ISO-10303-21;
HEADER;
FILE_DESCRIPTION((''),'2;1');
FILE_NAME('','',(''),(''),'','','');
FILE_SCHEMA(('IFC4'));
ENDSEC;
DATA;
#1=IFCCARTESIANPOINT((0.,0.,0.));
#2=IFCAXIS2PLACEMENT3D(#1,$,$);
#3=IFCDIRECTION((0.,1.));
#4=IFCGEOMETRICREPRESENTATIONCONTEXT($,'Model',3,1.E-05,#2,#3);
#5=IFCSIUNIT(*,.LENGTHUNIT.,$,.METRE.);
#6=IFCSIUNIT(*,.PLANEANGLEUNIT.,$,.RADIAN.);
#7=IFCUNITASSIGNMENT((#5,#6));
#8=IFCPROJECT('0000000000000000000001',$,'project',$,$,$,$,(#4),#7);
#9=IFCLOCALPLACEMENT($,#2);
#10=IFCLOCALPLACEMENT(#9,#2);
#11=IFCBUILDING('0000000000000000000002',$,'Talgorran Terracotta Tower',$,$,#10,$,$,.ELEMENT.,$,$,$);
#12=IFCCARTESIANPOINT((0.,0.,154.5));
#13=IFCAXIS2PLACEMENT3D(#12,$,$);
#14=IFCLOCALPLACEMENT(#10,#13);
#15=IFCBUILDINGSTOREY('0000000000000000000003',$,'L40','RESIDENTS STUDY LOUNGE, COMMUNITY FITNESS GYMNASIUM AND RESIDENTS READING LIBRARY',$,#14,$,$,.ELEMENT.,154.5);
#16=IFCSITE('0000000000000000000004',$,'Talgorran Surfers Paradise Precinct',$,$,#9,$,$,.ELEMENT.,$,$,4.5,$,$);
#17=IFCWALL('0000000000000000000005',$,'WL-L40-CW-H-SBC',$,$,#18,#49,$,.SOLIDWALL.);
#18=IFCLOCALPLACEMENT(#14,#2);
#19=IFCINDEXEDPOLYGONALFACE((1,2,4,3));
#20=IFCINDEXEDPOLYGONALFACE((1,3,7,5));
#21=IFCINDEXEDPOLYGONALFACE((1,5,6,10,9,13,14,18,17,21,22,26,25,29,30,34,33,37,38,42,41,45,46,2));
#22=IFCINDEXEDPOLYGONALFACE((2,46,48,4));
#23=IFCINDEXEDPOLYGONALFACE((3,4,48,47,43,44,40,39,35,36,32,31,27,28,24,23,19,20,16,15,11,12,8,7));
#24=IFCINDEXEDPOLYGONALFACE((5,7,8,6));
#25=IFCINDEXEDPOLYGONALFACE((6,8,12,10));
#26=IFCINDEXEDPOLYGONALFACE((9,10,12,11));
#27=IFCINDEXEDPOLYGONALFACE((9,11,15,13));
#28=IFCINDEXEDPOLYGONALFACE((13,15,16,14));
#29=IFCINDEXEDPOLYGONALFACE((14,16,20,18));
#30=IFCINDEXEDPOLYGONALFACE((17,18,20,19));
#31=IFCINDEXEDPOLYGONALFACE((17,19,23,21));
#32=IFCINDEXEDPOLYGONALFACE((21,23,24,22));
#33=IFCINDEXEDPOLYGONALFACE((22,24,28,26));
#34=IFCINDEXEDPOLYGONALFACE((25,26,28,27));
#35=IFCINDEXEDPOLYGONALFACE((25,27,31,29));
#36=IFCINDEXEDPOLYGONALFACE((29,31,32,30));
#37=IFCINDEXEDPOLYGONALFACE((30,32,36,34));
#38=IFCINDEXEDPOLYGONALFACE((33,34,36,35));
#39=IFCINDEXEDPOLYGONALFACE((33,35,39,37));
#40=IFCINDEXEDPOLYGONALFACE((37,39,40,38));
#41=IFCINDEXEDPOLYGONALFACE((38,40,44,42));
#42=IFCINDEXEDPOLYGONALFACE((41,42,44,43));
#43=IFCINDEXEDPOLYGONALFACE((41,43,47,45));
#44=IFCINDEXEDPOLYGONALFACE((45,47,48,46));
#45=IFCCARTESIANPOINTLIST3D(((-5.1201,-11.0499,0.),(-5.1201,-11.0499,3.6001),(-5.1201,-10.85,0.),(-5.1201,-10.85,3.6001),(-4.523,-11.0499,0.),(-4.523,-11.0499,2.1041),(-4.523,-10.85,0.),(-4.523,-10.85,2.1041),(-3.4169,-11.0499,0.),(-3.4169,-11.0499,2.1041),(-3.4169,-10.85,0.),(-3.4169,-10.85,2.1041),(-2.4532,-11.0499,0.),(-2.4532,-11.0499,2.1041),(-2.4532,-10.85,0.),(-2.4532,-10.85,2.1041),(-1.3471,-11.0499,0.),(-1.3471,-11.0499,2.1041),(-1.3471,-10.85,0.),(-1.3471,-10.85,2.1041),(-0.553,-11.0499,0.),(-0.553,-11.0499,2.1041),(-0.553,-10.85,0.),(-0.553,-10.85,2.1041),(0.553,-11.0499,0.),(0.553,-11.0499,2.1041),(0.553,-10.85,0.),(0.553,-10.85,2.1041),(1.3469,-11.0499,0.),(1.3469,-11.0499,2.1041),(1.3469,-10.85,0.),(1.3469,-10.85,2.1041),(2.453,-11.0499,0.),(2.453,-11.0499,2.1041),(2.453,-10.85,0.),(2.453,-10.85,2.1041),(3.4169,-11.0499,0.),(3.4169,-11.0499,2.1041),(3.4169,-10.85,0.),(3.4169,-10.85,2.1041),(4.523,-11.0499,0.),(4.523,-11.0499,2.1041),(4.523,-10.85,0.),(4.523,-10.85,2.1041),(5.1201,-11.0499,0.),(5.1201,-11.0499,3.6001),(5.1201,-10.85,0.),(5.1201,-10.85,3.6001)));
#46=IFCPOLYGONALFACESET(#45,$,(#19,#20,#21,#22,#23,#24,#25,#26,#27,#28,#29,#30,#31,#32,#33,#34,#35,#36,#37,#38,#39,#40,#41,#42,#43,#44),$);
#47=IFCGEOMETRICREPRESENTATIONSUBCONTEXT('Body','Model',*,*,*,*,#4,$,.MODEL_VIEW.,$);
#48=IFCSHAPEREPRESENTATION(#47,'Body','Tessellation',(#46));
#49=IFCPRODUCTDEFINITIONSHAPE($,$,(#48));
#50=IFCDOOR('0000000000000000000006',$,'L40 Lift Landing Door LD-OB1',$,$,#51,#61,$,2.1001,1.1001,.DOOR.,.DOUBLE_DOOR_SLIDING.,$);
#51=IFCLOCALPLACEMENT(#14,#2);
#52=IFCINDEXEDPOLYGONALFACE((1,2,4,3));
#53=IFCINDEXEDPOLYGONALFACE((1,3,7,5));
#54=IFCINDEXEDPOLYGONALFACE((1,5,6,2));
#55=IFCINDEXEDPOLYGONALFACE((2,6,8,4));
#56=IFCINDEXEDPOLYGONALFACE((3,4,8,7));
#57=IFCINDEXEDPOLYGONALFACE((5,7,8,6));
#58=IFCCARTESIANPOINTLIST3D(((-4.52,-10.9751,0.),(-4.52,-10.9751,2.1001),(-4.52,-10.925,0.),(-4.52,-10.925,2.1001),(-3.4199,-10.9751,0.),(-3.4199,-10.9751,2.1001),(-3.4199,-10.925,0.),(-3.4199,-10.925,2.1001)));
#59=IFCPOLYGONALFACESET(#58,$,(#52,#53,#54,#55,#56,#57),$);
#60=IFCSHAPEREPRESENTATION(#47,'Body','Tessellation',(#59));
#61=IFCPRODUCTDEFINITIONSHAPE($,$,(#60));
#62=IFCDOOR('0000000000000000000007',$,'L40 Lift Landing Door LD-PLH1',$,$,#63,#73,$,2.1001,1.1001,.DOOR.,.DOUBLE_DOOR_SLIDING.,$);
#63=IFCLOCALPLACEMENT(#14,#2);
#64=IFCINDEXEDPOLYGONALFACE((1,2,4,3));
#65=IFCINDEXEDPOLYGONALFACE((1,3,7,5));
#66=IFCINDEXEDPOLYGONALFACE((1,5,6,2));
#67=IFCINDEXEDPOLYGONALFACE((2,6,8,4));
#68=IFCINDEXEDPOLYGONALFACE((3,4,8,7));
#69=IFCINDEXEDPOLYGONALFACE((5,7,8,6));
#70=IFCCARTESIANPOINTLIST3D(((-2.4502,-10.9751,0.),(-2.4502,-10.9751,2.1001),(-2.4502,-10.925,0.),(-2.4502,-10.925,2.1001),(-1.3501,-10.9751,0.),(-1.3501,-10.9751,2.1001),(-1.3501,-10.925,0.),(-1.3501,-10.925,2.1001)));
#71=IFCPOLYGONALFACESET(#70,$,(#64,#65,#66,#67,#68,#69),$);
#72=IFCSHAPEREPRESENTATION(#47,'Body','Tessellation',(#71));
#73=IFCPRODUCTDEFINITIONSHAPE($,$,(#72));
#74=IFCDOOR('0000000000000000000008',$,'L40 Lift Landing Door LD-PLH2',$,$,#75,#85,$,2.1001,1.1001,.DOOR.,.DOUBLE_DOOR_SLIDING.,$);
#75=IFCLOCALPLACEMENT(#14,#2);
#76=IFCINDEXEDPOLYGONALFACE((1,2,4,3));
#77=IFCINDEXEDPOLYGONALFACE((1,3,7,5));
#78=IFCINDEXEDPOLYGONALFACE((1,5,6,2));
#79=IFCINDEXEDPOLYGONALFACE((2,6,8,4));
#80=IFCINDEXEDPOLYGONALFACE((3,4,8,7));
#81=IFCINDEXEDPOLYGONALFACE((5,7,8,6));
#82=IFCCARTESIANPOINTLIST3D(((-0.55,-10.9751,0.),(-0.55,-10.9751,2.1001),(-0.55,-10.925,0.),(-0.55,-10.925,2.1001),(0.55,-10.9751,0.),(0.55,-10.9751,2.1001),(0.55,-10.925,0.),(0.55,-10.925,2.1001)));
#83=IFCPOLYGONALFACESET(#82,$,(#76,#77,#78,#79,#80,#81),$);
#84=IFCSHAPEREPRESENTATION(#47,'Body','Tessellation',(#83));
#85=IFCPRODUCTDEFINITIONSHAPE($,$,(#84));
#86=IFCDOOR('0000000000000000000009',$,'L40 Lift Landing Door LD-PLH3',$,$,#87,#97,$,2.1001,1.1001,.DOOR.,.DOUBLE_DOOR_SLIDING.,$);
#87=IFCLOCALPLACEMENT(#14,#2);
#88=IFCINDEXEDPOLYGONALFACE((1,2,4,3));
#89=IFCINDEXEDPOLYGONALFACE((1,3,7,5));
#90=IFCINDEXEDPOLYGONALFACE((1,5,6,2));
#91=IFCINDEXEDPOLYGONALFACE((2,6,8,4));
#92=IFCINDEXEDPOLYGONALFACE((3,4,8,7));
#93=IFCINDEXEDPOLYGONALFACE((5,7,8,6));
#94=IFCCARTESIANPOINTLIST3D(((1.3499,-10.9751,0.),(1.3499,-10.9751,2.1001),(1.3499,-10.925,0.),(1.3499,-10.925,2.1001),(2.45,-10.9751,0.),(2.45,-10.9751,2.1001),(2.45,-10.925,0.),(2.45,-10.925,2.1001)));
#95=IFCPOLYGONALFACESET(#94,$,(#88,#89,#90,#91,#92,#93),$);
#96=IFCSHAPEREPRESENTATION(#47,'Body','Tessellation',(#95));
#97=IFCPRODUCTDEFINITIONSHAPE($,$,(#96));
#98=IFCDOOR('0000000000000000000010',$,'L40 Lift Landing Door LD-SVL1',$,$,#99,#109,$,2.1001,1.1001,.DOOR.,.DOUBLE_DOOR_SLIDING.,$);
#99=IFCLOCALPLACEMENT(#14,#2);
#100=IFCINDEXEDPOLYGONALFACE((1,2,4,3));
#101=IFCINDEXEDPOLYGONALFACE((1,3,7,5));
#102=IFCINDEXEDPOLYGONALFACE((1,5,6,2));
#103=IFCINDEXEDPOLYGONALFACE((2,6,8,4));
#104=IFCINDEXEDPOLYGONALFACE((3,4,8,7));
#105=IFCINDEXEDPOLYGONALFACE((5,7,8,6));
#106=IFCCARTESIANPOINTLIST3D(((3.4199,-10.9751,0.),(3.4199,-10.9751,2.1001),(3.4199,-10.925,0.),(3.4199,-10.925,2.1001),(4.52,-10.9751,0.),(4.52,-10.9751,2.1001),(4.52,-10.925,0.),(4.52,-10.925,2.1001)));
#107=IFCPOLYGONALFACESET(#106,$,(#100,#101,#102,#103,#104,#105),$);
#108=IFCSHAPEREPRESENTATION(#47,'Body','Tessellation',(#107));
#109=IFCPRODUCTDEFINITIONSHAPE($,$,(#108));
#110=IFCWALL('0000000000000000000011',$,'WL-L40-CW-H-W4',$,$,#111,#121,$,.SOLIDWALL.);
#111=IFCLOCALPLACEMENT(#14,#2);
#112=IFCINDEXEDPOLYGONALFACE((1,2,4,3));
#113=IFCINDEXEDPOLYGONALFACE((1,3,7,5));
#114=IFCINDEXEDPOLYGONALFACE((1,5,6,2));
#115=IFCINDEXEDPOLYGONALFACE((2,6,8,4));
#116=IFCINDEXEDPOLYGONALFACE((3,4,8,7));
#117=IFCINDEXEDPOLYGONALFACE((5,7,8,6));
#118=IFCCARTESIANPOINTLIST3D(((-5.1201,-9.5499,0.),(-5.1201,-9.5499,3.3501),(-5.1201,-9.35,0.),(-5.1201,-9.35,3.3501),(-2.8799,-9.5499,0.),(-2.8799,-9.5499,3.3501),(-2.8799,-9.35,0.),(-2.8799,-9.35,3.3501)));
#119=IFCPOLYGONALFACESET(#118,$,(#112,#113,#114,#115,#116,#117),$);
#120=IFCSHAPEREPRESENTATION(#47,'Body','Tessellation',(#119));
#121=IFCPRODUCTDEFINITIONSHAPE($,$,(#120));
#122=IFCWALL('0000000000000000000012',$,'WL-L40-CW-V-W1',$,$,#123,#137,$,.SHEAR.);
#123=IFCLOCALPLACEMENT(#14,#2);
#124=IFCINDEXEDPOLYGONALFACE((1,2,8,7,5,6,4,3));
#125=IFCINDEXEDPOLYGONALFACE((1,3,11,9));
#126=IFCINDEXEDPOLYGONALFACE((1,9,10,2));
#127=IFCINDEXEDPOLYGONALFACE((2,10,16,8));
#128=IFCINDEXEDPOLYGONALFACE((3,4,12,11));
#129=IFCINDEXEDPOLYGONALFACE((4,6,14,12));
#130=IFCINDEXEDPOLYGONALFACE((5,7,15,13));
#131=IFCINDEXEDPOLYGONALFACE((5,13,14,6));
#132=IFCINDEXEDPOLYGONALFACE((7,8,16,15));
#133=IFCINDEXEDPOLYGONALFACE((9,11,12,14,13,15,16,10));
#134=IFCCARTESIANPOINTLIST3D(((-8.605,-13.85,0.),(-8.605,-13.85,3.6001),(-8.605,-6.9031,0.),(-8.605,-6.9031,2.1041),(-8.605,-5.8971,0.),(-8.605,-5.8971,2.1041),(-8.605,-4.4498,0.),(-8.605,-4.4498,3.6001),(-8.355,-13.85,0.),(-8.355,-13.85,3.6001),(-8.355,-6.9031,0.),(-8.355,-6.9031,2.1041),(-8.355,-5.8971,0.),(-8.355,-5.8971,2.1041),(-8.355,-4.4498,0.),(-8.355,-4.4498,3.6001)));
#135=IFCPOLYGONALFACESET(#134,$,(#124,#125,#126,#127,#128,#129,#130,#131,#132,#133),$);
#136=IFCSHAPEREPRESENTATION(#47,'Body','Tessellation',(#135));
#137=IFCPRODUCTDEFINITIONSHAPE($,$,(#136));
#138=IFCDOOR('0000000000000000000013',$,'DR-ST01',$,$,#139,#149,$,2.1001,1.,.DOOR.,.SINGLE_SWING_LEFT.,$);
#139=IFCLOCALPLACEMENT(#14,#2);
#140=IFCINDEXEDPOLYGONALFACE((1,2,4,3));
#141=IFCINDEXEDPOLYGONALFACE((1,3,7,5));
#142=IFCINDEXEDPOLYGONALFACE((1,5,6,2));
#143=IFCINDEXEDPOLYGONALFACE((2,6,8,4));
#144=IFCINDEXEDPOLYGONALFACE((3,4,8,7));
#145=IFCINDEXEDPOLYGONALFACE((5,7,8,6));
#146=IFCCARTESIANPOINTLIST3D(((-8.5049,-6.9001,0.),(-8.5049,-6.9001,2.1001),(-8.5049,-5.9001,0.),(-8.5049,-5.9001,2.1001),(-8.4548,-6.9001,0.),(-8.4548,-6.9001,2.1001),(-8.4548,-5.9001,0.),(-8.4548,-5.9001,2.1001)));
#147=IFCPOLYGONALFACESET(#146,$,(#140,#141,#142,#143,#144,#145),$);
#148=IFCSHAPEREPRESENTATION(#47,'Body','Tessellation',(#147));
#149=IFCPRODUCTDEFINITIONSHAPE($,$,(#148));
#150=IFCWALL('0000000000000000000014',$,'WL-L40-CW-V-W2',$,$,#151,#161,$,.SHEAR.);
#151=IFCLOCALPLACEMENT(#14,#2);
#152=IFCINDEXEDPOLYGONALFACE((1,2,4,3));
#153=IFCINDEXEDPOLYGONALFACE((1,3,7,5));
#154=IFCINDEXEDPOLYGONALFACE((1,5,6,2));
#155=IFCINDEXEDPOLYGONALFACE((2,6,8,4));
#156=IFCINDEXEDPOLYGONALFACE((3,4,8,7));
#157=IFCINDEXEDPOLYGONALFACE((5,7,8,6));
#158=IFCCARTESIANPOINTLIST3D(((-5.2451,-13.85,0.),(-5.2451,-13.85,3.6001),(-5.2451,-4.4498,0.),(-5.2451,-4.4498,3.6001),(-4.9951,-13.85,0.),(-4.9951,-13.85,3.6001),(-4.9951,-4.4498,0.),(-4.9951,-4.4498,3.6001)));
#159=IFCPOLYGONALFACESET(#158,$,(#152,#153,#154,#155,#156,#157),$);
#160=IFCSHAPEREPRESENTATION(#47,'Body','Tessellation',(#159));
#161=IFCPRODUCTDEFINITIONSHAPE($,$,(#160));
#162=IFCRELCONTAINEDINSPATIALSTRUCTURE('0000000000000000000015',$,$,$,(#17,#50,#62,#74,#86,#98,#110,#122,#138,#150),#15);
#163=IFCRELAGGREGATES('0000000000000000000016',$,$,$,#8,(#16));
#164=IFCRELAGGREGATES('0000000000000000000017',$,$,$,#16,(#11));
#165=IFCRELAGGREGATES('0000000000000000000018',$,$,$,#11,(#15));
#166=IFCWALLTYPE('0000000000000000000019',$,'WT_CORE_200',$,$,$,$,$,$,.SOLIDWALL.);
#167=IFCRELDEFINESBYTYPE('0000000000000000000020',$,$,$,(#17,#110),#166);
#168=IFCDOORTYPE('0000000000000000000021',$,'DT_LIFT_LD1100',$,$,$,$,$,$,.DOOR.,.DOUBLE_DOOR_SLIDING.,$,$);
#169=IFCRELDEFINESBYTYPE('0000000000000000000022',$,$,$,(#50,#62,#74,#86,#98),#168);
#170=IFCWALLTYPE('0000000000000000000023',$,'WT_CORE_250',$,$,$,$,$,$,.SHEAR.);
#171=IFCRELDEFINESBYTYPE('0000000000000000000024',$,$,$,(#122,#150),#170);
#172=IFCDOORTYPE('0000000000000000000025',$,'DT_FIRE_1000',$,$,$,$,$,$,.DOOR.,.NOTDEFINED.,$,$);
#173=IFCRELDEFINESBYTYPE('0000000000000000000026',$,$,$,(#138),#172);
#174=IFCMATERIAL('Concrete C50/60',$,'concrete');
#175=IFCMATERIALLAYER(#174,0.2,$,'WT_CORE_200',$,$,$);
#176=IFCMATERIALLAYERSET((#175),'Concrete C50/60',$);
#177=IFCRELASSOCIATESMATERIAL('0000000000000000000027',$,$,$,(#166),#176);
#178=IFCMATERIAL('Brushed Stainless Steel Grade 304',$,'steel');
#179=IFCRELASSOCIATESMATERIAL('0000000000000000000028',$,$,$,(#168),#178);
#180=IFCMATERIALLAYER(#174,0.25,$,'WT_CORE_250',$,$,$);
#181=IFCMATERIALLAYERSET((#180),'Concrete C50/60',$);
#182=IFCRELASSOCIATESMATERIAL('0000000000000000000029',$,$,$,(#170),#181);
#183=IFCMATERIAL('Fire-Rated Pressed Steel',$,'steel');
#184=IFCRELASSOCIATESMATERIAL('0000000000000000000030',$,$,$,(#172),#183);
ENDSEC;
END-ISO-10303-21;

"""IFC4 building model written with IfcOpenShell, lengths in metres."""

from ifc_helpers import new_model, si_unit, direction, frame, frame_2d, origin, place, context, subcontext, project, spatial, rectangle, extrude, material, layer, layer_set, type_object, element, fill, save


model = new_model("IFC4")

# Units and contexts
model_context = context("Model", 3, precision=1e-05, world=origin(), true_north=direction((0.0, 1.0)))
body_context = subcontext(model_context, "Body", "Model", "MODEL_VIEW")
ifc_project = project(units=[si_unit("LENGTHUNIT", "METRE"), si_unit("PLANEANGLEUNIT", "RADIAN")], contexts=[model_context])

# Site, building, storey
site_placement = place(None, origin())
site = spatial("IfcSite", under=ifc_project, at=site_placement, Name="Talgorran Surfers Paradise Precinct", CompositionType="ELEMENT", RefElevation=4.5)
building_placement = place(site_placement, origin())
building = spatial("IfcBuilding", under=site, at=building_placement, Name="Talgorran Terracotta Tower", CompositionType="ELEMENT")
storey_placement = place(building_placement, frame((0.0, 0.0, 154.5)))
storey = spatial("IfcBuildingStorey", under=building, at=storey_placement, Name="L40", Description="RESIDENTS STUDY LOUNGE, COMMUNITY FITNESS GYMNASIUM AND RESIDENTS READING LIBRARY", CompositionType="ELEMENT", Elevation=154.5)

# Shared definitions
ifc_material_1 = material(Name="Concrete C50/60", Category="concrete")

# Wall, openings, doors
ifc_layer_1 = layer(ifc_material_1, 0.2, Name="WT_CORE_200")
ifc_layer_set_1 = layer_set([ifc_layer_1], Name="Concrete C50/60")
wall_type_1 = type_object("IfcWallType", Name="WT_CORE_200", PredefinedType="SOLIDWALL", material=ifc_layer_set_1)
ifc_material_2 = material(Name="Brushed Stainless Steel Grade 304", Category="steel")
door_type_1 = type_object("IfcDoorType", Name="DT_LIFT_LD1100", OperationType="DOUBLE_DOOR_SLIDING", PredefinedType="DOOR", material=ifc_material_2)
ifc_material_3 = material(Name="Fire-Rated Pressed Steel", Category="steel")
wall_1_placement = place(storey_placement, frame((-5.1201, -10.95, 0.0), z_axis=(0.0, 0.0, 1.0), x_axis=(1.0, 0.0, 0.0)))
wall_1 = element("IfcWall", 1, at=wall_1_placement, inside=storey, type_object=wall_type_1, Name="WL-L40-CW-H-SBC", PredefinedType="SOLIDWALL", context=body_context, shape_type="SweptSolid", body=[
    extrude(rectangle(XDim=10.2402, YDim=0.2, at=frame_2d((5.1201, 0.0))), origin(), (0.0, 0.0, 1.0), 3.6001),
])
opening_1_placement = place(wall_1_placement, frame((0.6001, 0.0, 0.0)))
opening_1 = element("IfcOpeningElement", 2, at=opening_1_placement, cuts=wall_1, PredefinedType="OPENING", context=body_context, shape_type="SweptSolid", body=[
    extrude(rectangle(XDim=1.1061, YDim=2.1041, at=frame_2d((0.55, 1.052))), frame((0.0, 0.1099, 0.0), z_axis=(0.0, -1.0, 0.0), x_axis=(1.0, 0.0, 0.0)), (0.0, 0.0, 1.0), 0.22),
])
opening_2_placement = place(wall_1_placement, frame((2.6699, 0.0, 0.0)))
opening_2 = element("IfcOpeningElement", 3, at=opening_2_placement, cuts=wall_1, PredefinedType="OPENING", context=body_context, shape_type="SweptSolid", body=[
    extrude(rectangle(XDim=1.1061, YDim=2.1041, at=frame_2d((0.55, 1.052))), frame((0.0, 0.1099, 0.0), z_axis=(0.0, -1.0, 0.0), x_axis=(1.0, 0.0, 0.0)), (0.0, 0.0, 1.0), 0.22),
])
opening_3_placement = place(wall_1_placement, frame((4.5701, 0.0, 0.0)))
opening_3 = element("IfcOpeningElement", 4, at=opening_3_placement, cuts=wall_1, PredefinedType="OPENING", context=body_context, shape_type="SweptSolid", body=[
    extrude(rectangle(XDim=1.1061, YDim=2.1041, at=frame_2d((0.55, 1.052))), frame((0.0, 0.1099, 0.0), z_axis=(0.0, -1.0, 0.0), x_axis=(1.0, 0.0, 0.0)), (0.0, 0.0, 1.0), 0.22),
])
opening_4_placement = place(wall_1_placement, frame((6.47, 0.0, 0.0)))
opening_4 = element("IfcOpeningElement", 5, at=opening_4_placement, cuts=wall_1, PredefinedType="OPENING", context=body_context, shape_type="SweptSolid", body=[
    extrude(rectangle(XDim=1.1061, YDim=2.1041, at=frame_2d((0.55, 1.052))), frame((0.0, 0.1099, 0.0), z_axis=(0.0, -1.0, 0.0), x_axis=(1.0, 0.0, 0.0)), (0.0, 0.0, 1.0), 0.22),
])
opening_5_placement = place(wall_1_placement, frame((8.54, 0.0, 0.0)))
opening_5 = element("IfcOpeningElement", 6, at=opening_5_placement, cuts=wall_1, PredefinedType="OPENING", context=body_context, shape_type="SweptSolid", body=[
    extrude(rectangle(XDim=1.1061, YDim=2.1041, at=frame_2d((0.55, 1.052))), frame((0.0, 0.1099, 0.0), z_axis=(0.0, -1.0, 0.0), x_axis=(1.0, 0.0, 0.0)), (0.0, 0.0, 1.0), 0.22),
])
door_1_placement = place(opening_1_placement, origin())
door_1 = element("IfcDoor", 7, at=door_1_placement, inside=storey, type_object=door_type_1, Name="L40 Lift Landing Door LD-OB1", OperationType="DOUBLE_DOOR_SLIDING", OverallHeight=2.1001, OverallWidth=1.1001, PredefinedType="DOOR", context=body_context, shape_type="SweptSolid", body=[
    extrude(rectangle(XDim=1.1001, YDim=2.1001, at=frame_2d((0.55, 1.05))), frame((0.0, 0.0249, 0.0), z_axis=(0.0, -1.0, 0.0), x_axis=(1.0, 0.0, 0.0)), (0.0, 0.0, 1.0), 0.05),
])
fill(opening_1, door_1)
door_2_placement = place(opening_2_placement, origin())
door_2 = element("IfcDoor", 8, at=door_2_placement, inside=storey, type_object=door_type_1, Name="L40 Lift Landing Door LD-PLH1", OperationType="DOUBLE_DOOR_SLIDING", OverallHeight=2.1001, OverallWidth=1.1001, PredefinedType="DOOR", context=body_context, shape_type="SweptSolid", body=[
    extrude(rectangle(XDim=1.1001, YDim=2.1001, at=frame_2d((0.55, 1.05))), frame((0.0, 0.0249, 0.0), z_axis=(0.0, -1.0, 0.0), x_axis=(1.0, 0.0, 0.0)), (0.0, 0.0, 1.0), 0.05),
])
fill(opening_2, door_2)
door_3_placement = place(opening_3_placement, origin())
door_3 = element("IfcDoor", 9, at=door_3_placement, inside=storey, type_object=door_type_1, Name="L40 Lift Landing Door LD-PLH2", OperationType="DOUBLE_DOOR_SLIDING", OverallHeight=2.1001, OverallWidth=1.1001, PredefinedType="DOOR", context=body_context, shape_type="SweptSolid", body=[
    extrude(rectangle(XDim=1.1001, YDim=2.1001, at=frame_2d((0.55, 1.05))), frame((0.0, 0.0249, 0.0), z_axis=(0.0, -1.0, 0.0), x_axis=(1.0, 0.0, 0.0)), (0.0, 0.0, 1.0), 0.05),
])
fill(opening_3, door_3)
door_4_placement = place(opening_4_placement, origin())
door_4 = element("IfcDoor", 10, at=door_4_placement, inside=storey, type_object=door_type_1, Name="L40 Lift Landing Door LD-PLH3", OperationType="DOUBLE_DOOR_SLIDING", OverallHeight=2.1001, OverallWidth=1.1001, PredefinedType="DOOR", context=body_context, shape_type="SweptSolid", body=[
    extrude(rectangle(XDim=1.1001, YDim=2.1001, at=frame_2d((0.55, 1.05))), frame((0.0, 0.0249, 0.0), z_axis=(0.0, -1.0, 0.0), x_axis=(1.0, 0.0, 0.0)), (0.0, 0.0, 1.0), 0.05),
])
fill(opening_4, door_4)
door_5_placement = place(opening_5_placement, origin())
door_5 = element("IfcDoor", 11, at=door_5_placement, inside=storey, type_object=door_type_1, Name="L40 Lift Landing Door LD-SVL1", OperationType="DOUBLE_DOOR_SLIDING", OverallHeight=2.1001, OverallWidth=1.1001, PredefinedType="DOOR", context=body_context, shape_type="SweptSolid", body=[
    extrude(rectangle(XDim=1.1001, YDim=2.1001, at=frame_2d((0.55, 1.05))), frame((0.0, 0.0249, 0.0), z_axis=(0.0, -1.0, 0.0), x_axis=(1.0, 0.0, 0.0)), (0.0, 0.0, 1.0), 0.05),
])
fill(opening_5, door_5)

# Wall
wall_2_placement = place(storey_placement, frame((-5.1201, -9.45, 0.0), z_axis=(0.0, 0.0, 1.0), x_axis=(1.0, 0.0, 0.0)))
element("IfcWall", 12, at=wall_2_placement, inside=storey, type_object=wall_type_1, Name="WL-L40-CW-H-W4", PredefinedType="SOLIDWALL", context=body_context, shape_type="SweptSolid", body=[
    extrude(rectangle(XDim=2.2402, YDim=0.2, at=frame_2d((1.1201, 0.0))), origin(), (0.0, 0.0, 1.0), 3.3501),
])

# Wall, opening, door
ifc_layer_2 = layer(ifc_material_1, 0.25, Name="WT_CORE_250")
ifc_layer_set_2 = layer_set([ifc_layer_2], Name="Concrete C50/60")
wall_type_2 = type_object("IfcWallType", Name="WT_CORE_250", PredefinedType="SHEAR", material=ifc_layer_set_2)
wall_3_placement = place(storey_placement, frame((-8.48, -13.8501, 0.0), z_axis=(0.0, 0.0, 1.0), x_axis=(0.0, 1.0, 0.0)))
wall_3 = element("IfcWall", 13, at=wall_3_placement, inside=storey, type_object=wall_type_2, Name="WL-L40-CW-V-W1", PredefinedType="SHEAR", context=body_context, shape_type="SweptSolid", body=[
    extrude(rectangle(XDim=9.4001, YDim=0.25, at=frame_2d((4.7002, 0.0))), origin(), (0.0, 0.0, 1.0), 3.6001),
])
opening_6_placement = place(wall_3_placement, frame((6.95, 0.0, 0.0)))
opening_6 = element("IfcOpeningElement", 14, at=opening_6_placement, cuts=wall_3, PredefinedType="OPENING", context=body_context, shape_type="SweptSolid", body=[
    extrude(rectangle(XDim=1.006, YDim=2.1041, at=frame_2d((0.5, 1.052))), frame((0.0, 0.135, 0.0), z_axis=(0.0, -1.0, 0.0), x_axis=(1.0, 0.0, 0.0)), (0.0, 0.0, 1.0), 0.27),
])
door_type_2 = type_object("IfcDoorType", Name="DT_FIRE_1000", OperationType="NOTDEFINED", PredefinedType="DOOR", material=ifc_material_3)
door_6_placement = place(opening_6_placement, origin())
door_6 = element("IfcDoor", 15, at=door_6_placement, inside=storey, type_object=door_type_2, Name="DR-ST01", OperationType="SINGLE_SWING_LEFT", OverallHeight=2.1001, OverallWidth=1.0, PredefinedType="DOOR", context=body_context, shape_type="SweptSolid", body=[
    extrude(rectangle(XDim=1.0, YDim=2.1001, at=frame_2d((0.5, 1.05))), frame((0.0, 0.0249, 0.0), z_axis=(0.0, -1.0, 0.0), x_axis=(1.0, 0.0, 0.0)), (0.0, 0.0, 1.0), 0.05),
])
fill(opening_6, door_6)

# Wall
wall_4_placement = place(storey_placement, frame((-5.1201, -13.8501, 0.0), z_axis=(0.0, 0.0, 1.0), x_axis=(0.0, 1.0, 0.0)))
element("IfcWall", 16, at=wall_4_placement, inside=storey, type_object=wall_type_2, Name="WL-L40-CW-V-W2", PredefinedType="SHEAR", context=body_context, shape_type="SweptSolid", body=[
    extrude(rectangle(XDim=9.4001, YDim=0.25, at=frame_2d((4.7002, 0.0))), origin(), (0.0, 0.0, 1.0), 3.6001),
])

save(model, "model.ifc")
